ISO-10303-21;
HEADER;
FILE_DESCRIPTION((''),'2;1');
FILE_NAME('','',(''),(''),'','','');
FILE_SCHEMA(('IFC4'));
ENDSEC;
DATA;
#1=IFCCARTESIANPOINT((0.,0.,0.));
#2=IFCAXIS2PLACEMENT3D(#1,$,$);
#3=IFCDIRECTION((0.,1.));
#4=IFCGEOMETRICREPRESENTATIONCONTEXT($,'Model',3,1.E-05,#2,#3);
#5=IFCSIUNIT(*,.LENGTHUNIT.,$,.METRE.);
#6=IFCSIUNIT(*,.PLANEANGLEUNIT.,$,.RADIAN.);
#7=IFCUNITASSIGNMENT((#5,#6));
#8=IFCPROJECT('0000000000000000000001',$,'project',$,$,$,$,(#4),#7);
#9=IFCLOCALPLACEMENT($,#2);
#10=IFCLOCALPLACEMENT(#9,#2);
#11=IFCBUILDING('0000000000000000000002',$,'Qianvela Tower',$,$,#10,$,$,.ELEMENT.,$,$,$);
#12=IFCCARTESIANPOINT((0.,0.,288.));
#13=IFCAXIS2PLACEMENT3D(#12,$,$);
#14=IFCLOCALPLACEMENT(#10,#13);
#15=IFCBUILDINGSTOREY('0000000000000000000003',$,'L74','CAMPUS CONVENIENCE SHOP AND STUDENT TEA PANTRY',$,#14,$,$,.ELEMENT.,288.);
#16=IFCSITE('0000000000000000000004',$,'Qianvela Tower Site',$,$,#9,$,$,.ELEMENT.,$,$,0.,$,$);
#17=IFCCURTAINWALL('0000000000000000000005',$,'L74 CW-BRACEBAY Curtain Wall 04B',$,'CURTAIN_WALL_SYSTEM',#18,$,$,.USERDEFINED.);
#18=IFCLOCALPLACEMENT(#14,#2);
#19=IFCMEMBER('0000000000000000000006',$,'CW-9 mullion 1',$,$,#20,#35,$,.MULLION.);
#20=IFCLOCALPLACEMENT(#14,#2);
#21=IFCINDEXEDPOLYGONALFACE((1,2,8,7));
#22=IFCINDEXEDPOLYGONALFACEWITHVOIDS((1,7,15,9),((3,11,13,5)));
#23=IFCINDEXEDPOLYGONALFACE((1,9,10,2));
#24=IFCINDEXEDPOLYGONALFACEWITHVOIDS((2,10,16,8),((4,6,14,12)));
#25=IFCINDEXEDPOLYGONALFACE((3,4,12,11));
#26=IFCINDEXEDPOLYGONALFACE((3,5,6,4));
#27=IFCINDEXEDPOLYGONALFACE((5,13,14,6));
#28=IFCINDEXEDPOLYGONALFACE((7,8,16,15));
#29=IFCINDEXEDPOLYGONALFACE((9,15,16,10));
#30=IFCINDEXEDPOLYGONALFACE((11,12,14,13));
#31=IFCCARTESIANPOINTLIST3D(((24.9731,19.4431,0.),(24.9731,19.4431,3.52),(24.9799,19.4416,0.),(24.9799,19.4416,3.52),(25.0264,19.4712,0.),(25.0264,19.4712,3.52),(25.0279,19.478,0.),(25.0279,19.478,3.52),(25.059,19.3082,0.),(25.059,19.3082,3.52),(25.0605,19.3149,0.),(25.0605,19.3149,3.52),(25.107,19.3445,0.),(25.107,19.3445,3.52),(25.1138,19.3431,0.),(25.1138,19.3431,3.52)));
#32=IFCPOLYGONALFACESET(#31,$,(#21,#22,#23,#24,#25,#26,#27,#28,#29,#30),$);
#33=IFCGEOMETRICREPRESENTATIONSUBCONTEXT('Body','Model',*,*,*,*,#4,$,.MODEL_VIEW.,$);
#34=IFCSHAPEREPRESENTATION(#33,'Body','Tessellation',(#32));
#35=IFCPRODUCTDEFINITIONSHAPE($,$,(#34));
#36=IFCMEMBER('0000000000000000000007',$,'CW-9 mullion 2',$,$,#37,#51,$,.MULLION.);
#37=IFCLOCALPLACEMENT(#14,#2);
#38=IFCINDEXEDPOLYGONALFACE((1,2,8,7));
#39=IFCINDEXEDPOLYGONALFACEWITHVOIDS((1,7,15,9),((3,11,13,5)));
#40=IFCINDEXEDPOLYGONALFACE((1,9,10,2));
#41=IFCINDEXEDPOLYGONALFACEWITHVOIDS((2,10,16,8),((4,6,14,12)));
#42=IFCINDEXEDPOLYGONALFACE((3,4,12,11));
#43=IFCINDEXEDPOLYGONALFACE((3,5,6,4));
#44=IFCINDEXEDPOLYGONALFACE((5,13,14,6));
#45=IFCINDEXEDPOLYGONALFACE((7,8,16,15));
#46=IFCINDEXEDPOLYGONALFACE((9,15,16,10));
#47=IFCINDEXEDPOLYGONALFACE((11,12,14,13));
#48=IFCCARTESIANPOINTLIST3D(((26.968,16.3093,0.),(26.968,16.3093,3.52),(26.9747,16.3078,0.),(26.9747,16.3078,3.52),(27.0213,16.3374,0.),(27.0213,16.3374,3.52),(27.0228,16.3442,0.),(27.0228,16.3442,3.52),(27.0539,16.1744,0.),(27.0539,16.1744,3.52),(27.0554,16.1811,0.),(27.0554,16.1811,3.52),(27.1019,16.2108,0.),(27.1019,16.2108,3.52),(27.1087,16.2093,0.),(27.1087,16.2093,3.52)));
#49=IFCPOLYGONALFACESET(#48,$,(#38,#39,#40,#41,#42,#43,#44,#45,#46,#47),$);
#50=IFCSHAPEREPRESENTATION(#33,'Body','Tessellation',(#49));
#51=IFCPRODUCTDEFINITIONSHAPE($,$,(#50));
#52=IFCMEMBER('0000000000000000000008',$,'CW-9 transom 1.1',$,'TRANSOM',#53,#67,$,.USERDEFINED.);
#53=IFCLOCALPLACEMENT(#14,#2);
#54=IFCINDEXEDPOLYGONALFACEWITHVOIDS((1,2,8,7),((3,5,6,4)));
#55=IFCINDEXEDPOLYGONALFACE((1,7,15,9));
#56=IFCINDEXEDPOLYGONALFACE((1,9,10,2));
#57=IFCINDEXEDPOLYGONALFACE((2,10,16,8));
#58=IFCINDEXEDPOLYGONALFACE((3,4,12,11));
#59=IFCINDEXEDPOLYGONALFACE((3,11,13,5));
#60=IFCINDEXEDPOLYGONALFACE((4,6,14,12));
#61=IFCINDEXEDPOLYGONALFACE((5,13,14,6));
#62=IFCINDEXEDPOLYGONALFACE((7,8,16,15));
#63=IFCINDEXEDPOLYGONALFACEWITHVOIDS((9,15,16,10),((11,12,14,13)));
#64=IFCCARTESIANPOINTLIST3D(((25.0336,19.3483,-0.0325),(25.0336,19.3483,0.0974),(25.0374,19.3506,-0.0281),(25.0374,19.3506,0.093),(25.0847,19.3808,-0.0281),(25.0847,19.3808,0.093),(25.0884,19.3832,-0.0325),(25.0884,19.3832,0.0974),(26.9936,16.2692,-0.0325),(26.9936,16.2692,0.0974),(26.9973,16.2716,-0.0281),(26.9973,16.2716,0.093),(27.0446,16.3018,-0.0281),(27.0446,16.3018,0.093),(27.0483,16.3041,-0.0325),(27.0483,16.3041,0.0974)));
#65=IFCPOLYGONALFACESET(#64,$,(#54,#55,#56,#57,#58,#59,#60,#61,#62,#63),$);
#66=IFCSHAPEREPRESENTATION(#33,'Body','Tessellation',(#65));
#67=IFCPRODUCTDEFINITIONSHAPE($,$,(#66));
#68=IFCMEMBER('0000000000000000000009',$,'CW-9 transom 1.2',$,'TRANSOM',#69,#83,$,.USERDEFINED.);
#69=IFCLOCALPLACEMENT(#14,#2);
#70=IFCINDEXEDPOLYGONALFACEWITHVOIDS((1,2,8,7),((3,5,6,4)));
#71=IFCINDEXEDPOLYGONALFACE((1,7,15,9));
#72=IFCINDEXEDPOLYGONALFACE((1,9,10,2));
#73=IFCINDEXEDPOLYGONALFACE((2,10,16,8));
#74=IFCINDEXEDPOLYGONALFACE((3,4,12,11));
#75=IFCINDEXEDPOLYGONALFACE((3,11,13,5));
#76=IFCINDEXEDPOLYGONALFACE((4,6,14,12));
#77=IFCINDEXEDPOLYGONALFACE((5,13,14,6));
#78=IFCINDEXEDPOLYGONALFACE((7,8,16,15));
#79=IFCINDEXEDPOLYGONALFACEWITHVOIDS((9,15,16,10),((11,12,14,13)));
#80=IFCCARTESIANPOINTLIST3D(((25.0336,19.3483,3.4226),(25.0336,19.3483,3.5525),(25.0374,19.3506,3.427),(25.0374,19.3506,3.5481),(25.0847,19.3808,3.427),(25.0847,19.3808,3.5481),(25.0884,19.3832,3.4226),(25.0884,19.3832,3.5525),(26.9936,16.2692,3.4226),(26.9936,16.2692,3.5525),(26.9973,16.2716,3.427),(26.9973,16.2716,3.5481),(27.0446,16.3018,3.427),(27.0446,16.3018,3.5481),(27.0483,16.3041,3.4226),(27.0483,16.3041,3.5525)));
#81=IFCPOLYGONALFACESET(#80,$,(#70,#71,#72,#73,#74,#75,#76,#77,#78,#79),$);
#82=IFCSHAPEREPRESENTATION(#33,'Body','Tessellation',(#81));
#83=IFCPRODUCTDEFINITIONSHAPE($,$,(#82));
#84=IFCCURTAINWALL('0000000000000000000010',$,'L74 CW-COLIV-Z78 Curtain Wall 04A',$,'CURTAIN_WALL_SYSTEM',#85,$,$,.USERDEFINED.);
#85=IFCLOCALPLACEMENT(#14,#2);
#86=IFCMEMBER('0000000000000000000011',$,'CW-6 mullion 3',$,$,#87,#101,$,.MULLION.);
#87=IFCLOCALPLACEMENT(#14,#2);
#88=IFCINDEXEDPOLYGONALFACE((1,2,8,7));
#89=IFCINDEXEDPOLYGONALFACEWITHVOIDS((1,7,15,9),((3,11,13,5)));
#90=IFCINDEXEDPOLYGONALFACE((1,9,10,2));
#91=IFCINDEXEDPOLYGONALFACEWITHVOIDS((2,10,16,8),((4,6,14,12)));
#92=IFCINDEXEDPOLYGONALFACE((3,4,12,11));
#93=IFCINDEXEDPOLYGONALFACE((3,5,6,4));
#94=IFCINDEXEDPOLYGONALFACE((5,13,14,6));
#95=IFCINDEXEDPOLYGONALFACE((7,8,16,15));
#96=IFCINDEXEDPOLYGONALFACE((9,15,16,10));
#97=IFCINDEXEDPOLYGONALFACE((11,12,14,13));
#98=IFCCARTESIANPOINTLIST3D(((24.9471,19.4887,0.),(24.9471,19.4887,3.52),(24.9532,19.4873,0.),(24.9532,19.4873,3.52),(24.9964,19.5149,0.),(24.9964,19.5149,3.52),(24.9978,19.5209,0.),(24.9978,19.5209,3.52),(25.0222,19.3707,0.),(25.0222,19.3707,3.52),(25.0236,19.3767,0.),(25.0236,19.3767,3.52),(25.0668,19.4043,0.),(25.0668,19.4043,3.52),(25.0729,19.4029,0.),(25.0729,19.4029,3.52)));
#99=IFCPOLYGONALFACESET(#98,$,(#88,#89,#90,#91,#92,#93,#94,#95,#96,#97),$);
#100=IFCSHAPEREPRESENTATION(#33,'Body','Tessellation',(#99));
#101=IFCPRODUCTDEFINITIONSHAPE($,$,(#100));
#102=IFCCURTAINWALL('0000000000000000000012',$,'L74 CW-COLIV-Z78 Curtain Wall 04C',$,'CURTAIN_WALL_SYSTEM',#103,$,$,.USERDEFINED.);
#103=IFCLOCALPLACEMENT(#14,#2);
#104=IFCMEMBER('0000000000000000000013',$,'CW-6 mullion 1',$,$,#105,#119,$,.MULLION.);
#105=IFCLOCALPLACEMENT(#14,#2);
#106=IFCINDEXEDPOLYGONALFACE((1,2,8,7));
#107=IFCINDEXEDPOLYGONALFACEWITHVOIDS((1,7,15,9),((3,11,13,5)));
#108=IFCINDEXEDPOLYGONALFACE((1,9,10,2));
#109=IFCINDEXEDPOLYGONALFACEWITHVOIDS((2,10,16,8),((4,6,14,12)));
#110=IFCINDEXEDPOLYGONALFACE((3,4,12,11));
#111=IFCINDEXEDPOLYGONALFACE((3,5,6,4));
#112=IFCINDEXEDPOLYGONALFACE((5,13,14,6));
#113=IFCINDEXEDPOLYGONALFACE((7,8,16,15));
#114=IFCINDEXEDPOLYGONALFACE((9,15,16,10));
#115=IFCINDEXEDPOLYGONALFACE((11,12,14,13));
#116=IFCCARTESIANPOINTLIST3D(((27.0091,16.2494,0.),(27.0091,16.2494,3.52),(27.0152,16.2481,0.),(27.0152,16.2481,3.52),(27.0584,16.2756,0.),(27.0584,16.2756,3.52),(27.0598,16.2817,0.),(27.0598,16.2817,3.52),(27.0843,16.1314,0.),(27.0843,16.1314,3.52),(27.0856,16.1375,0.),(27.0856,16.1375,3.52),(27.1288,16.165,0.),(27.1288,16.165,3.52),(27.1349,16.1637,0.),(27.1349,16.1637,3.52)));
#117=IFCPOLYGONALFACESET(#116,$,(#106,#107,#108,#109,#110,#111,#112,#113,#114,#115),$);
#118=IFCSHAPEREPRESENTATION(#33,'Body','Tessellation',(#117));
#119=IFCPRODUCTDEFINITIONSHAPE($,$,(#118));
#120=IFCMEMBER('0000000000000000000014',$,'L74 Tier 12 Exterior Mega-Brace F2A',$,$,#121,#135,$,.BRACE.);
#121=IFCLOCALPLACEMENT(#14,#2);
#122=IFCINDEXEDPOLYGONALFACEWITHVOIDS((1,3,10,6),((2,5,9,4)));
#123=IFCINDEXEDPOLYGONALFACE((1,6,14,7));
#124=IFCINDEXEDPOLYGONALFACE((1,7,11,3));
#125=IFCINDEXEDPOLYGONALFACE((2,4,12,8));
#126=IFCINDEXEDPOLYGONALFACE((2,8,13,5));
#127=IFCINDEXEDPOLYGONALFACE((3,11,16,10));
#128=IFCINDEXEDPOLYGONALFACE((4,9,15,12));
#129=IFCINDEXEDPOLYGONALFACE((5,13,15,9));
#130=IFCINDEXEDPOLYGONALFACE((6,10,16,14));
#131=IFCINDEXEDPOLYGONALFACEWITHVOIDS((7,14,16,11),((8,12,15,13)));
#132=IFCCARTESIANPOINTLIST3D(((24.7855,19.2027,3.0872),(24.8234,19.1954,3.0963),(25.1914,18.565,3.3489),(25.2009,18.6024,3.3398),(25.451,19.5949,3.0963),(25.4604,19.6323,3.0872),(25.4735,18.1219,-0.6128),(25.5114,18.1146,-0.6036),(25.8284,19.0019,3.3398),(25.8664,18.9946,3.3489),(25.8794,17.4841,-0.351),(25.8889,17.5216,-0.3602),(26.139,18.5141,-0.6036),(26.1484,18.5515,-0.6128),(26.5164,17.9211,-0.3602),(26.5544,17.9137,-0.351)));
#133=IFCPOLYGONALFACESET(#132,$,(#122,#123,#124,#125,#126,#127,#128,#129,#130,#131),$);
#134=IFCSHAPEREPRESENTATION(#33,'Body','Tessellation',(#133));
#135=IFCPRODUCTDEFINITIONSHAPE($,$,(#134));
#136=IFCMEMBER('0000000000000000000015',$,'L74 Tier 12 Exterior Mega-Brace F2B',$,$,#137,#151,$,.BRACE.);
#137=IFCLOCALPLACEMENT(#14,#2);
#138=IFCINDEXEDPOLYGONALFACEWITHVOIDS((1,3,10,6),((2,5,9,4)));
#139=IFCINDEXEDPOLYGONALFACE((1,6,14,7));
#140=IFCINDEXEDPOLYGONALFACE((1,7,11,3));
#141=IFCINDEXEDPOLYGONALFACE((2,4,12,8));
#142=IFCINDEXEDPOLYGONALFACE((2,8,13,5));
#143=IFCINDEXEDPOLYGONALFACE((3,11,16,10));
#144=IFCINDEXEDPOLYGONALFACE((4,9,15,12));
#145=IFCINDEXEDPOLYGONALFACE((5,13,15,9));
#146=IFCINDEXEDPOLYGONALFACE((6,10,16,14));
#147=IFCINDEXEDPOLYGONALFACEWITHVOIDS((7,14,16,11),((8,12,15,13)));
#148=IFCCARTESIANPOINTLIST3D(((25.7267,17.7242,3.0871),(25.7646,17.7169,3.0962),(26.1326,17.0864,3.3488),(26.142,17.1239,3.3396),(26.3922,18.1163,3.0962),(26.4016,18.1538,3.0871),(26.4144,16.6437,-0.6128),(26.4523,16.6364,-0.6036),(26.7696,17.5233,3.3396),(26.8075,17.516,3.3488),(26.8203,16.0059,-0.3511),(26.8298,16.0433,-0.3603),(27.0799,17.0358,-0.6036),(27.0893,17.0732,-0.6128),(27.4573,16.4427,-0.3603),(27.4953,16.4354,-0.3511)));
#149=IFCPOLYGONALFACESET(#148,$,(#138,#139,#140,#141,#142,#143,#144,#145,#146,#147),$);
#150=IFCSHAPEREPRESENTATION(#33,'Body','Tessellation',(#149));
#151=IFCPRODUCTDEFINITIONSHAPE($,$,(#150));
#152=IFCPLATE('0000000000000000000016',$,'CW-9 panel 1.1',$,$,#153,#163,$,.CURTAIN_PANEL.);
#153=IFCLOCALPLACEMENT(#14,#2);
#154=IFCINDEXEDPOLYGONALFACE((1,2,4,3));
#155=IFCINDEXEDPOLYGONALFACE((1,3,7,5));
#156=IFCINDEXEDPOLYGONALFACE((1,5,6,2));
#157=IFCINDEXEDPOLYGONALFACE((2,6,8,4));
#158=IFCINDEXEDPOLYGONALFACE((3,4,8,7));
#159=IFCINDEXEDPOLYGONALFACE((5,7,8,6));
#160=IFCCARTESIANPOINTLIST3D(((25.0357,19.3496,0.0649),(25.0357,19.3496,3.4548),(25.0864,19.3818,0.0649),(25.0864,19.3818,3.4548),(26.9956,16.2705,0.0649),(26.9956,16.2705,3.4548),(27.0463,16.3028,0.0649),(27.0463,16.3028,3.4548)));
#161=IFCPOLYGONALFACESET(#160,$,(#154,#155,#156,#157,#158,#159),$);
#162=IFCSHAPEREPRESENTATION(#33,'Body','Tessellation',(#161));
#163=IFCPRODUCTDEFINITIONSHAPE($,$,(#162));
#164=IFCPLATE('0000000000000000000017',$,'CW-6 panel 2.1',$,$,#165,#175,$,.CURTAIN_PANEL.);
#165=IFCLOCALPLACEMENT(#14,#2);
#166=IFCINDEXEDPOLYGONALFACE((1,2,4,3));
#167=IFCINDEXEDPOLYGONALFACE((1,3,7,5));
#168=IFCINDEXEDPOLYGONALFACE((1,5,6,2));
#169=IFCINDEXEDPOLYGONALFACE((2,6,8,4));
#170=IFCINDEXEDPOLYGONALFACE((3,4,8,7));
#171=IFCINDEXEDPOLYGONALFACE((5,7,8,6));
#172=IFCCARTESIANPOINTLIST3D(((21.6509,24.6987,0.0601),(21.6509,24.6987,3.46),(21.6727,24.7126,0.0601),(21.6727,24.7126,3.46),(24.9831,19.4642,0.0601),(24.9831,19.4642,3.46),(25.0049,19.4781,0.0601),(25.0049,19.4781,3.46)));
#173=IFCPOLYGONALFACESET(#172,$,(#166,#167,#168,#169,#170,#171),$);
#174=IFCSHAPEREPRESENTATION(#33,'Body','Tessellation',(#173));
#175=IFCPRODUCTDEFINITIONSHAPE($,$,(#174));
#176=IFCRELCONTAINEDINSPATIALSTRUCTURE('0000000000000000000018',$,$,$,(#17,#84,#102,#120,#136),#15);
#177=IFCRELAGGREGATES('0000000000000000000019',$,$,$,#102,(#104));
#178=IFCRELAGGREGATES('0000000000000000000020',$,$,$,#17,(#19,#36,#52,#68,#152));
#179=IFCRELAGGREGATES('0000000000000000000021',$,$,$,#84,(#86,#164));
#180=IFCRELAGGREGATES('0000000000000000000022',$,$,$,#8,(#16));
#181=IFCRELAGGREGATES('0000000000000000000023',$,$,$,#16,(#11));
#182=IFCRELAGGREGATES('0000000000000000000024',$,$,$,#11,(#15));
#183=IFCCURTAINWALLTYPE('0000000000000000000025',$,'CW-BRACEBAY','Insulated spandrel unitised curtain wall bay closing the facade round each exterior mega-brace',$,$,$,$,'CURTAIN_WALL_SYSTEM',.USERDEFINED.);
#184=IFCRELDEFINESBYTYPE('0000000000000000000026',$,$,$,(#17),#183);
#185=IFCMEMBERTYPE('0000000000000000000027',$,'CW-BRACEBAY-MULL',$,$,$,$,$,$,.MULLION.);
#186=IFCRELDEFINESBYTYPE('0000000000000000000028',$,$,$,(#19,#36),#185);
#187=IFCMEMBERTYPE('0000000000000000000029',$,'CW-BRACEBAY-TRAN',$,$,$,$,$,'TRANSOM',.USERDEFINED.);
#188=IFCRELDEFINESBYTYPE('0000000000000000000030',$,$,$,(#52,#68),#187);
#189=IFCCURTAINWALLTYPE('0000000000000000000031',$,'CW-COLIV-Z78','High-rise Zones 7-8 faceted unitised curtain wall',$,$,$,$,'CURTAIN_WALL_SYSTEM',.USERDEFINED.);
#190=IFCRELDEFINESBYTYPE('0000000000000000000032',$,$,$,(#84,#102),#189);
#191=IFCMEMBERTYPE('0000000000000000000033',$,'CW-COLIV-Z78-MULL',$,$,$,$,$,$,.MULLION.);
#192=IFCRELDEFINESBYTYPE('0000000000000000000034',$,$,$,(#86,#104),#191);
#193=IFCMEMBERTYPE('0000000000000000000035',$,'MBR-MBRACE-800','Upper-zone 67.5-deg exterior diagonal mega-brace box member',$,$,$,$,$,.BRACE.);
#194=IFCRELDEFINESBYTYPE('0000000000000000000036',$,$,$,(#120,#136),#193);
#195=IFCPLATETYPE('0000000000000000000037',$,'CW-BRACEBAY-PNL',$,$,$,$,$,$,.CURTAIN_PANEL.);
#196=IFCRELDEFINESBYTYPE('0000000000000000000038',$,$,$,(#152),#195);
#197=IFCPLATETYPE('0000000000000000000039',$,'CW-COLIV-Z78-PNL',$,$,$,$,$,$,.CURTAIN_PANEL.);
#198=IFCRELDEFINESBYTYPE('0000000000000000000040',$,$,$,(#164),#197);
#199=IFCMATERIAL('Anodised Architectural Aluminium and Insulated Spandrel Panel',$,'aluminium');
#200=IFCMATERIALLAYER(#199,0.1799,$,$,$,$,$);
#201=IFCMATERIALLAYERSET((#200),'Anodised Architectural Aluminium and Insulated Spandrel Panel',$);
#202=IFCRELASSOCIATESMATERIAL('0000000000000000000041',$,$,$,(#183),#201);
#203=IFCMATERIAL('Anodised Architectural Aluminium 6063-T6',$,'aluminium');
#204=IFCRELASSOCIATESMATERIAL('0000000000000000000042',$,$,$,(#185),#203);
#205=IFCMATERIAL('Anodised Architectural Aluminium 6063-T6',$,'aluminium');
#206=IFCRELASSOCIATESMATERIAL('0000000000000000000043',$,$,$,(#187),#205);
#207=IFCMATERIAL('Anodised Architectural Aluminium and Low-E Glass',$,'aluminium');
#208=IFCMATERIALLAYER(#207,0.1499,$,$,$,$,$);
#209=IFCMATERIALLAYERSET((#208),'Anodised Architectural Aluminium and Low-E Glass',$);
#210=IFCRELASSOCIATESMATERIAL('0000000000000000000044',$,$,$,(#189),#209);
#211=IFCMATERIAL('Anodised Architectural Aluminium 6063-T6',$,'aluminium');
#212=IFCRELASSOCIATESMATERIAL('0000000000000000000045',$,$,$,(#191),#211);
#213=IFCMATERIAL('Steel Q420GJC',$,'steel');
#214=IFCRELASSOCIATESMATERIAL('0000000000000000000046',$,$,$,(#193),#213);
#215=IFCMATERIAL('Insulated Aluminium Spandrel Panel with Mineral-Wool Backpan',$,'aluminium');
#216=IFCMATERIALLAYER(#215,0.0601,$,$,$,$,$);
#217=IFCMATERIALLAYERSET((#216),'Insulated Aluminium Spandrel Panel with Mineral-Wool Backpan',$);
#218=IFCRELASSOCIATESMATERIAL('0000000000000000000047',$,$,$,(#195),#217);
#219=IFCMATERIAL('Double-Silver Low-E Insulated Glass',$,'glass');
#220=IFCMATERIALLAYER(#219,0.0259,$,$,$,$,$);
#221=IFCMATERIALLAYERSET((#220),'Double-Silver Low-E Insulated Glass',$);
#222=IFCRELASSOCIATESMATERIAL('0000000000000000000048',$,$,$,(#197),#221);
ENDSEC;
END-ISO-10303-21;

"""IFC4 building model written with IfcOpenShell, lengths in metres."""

from ifc_helpers import new_model, si_unit, direction, frame, origin, origin_2d, place, context, subcontext, project, spatial, rectangle, hollow_rectangle, extrude, material, layer, layer_set, material_profile, profile_set, type_object, element, aggregate, save


model = new_model("IFC4")

# Units and contexts
model_context = context("Model", 3, precision=1e-05, world=origin(), true_north=direction((0.0, 1.0)))
body_context = subcontext(model_context, "Body", "Model", "MODEL_VIEW")
ifc_project = project(units=[si_unit("LENGTHUNIT", "METRE"), si_unit("PLANEANGLEUNIT", "RADIAN")], contexts=[model_context])

# Site, building, storey
site_placement = place(None, origin())
site = spatial("IfcSite", under=ifc_project, at=site_placement, Name="Qianvela Tower Site", CompositionType="ELEMENT", RefElevation=0.0)
building_placement = place(site_placement, origin())
building = spatial("IfcBuilding", under=site, at=building_placement, Name="Qianvela Tower", CompositionType="ELEMENT")
storey_placement = place(building_placement, frame((0.0, 0.0, 288.0)))
storey = spatial("IfcBuildingStorey", under=building, at=storey_placement, Name="L74", Description="CAMPUS CONVENIENCE SHOP AND STUDENT TEA PANTRY", CompositionType="ELEMENT", Elevation=288.0)

# Curtain wall, members
ifc_material_1 = material(Name="Anodised Architectural Aluminium and Insulated Spandrel Panel", Category="aluminium")
ifc_layer_1 = layer(ifc_material_1, 0.1799)
ifc_layer_set_1 = layer_set([ifc_layer_1], Name="Anodised Architectural Aluminium and Insulated Spandrel Panel")
curtain_wall_type_1 = type_object("IfcCurtainWallType", Name="CW-BRACEBAY", Description="Insulated spandrel unitised curtain wall bay closing the facade round each exterior mega-brace", ElementType="CURTAIN_WALL_SYSTEM", PredefinedType="USERDEFINED", material=ifc_layer_set_1)
curtain_wall_1_placement = place(storey_placement, origin())
curtain_wall_1 = element("IfcCurtainWall", 1, at=curtain_wall_1_placement, inside=storey, type_object=curtain_wall_type_1, Name="L74 CW-BRACEBAY Curtain Wall 04B", ObjectType="CURTAIN_WALL_SYSTEM", PredefinedType="USERDEFINED")
ifc_material_2 = material(Name="Anodised Architectural Aluminium 6063-T6", Category="aluminium")
ifc_material_profile_1 = material_profile(ifc_material_2, hollow_rectangle(XDim=0.0649, YDim=0.1599, WallThickness=0.0049, at=origin_2d()), Name="ALU-MULL-65x160")
ifc_profile_set_1 = profile_set([ifc_material_profile_1], Name="Anodised Architectural Aluminium 6063-T6")
member_type_1 = type_object("IfcMemberType", Name="CW-BRACEBAY-MULL", PredefinedType="MULLION", material=ifc_profile_set_1)
member_1_placement = place(storey_placement, frame((25.0435, 19.3931, 0.0), z_axis=(0.0, 0.0, 1.0), x_axis=(0.843594, 0.536982, 0.0)))
member_1 = element("IfcMember", 2, at=member_1_placement, type_object=member_type_1, Name="CW-9 mullion 1", PredefinedType="MULLION", context=body_context, shape_type="SweptSolid", body=[
    extrude(hollow_rectangle(XDim=0.0649, YDim=0.1599, WallThickness=0.0049, at=origin_2d()), origin(), (0.0, 0.0, 1.0), 3.52),
])
member_2_placement = place(storey_placement, frame((27.0383, 16.2593, 0.0), z_axis=(0.0, 0.0, 1.0), x_axis=(0.843594, 0.536982, 0.0)))
member_2 = element("IfcMember", 3, at=member_2_placement, type_object=member_type_1, Name="CW-9 mullion 2", PredefinedType="MULLION", context=body_context, shape_type="SweptSolid", body=[
    extrude(hollow_rectangle(XDim=0.0649, YDim=0.1599, WallThickness=0.0049, at=origin_2d()), origin(), (0.0, 0.0, 1.0), 3.52),
])
ifc_material_3 = material(Name="Anodised Architectural Aluminium 6063-T6", Category="aluminium")
ifc_material_profile_2 = material_profile(ifc_material_3, hollow_rectangle(XDim=0.0649, YDim=0.1299, WallThickness=0.0044, at=origin_2d()), Name="ALU-TRAN-65x130")
ifc_profile_set_2 = profile_set([ifc_material_profile_2], Name="Anodised Architectural Aluminium 6063-T6")
member_type_2 = type_object("IfcMemberType", Name="CW-BRACEBAY-TRAN", ElementType="TRANSOM", PredefinedType="USERDEFINED", material=ifc_profile_set_2)
member_3_placement = place(storey_placement, frame((25.061, 19.3657, 0.0325), z_axis=(0.536979, -0.843595, 0.0), x_axis=(0.843595, 0.536979, 0.0)))
member_3 = element("IfcMember", 4, at=member_3_placement, type_object=member_type_2, Name="CW-9 transom 1.1", ObjectType="TRANSOM", PredefinedType="USERDEFINED", context=body_context, shape_type="SweptSolid", body=[
    extrude(hollow_rectangle(XDim=0.0649, YDim=0.1299, WallThickness=0.0044, at=origin_2d()), origin(), (0.0, 0.0, 1.0), 3.6499),
])
member_4_placement = place(storey_placement, frame((25.061, 19.3657, 3.4875), z_axis=(0.536979, -0.843595, 0.0), x_axis=(0.843595, 0.536979, 0.0)))
member_4 = element("IfcMember", 5, at=member_4_placement, type_object=member_type_2, Name="CW-9 transom 1.2", ObjectType="TRANSOM", PredefinedType="USERDEFINED", context=body_context, shape_type="SweptSolid", body=[
    extrude(hollow_rectangle(XDim=0.0649, YDim=0.1299, WallThickness=0.0044, at=origin_2d()), origin(), (0.0, 0.0, 1.0), 3.6499),
])

# Curtain walls, members
ifc_material_4 = material(Name="Anodised Architectural Aluminium and Low-E Glass", Category="aluminium")
ifc_layer_2 = layer(ifc_material_4, 0.1499)
ifc_layer_set_2 = layer_set([ifc_layer_2], Name="Anodised Architectural Aluminium and Low-E Glass")
curtain_wall_type_2 = type_object("IfcCurtainWallType", Name="CW-COLIV-Z78", Description="High-rise Zones 7-8 faceted unitised curtain wall", ElementType="CURTAIN_WALL_SYSTEM", PredefinedType="USERDEFINED", material=ifc_layer_set_2)
curtain_wall_2_placement = place(storey_placement, origin())
curtain_wall_2 = element("IfcCurtainWall", 6, at=curtain_wall_2_placement, inside=storey, type_object=curtain_wall_type_2, Name="L74 CW-COLIV-Z78 Curtain Wall 04A", ObjectType="CURTAIN_WALL_SYSTEM", PredefinedType="USERDEFINED")
ifc_material_5 = material(Name="Anodised Architectural Aluminium 6063-T6", Category="aluminium")
ifc_material_profile_3 = material_profile(ifc_material_5, hollow_rectangle(XDim=0.0601, YDim=0.1399, WallThickness=0.0044, at=origin_2d()), Name="ALU-MULL-60x140")
ifc_profile_set_3 = profile_set([ifc_material_profile_3], Name="Anodised Architectural Aluminium 6063-T6")
member_type_3 = type_object("IfcMemberType", Name="CW-COLIV-Z78-MULL", PredefinedType="MULLION", material=ifc_profile_set_3)
member_5_placement = place(storey_placement, frame((25.01, 19.4458, 0.0), z_axis=(0.0, 0.0, 1.0), x_axis=(0.843577, 0.537008, 0.0)))
member_5 = element("IfcMember", 7, at=member_5_placement, type_object=member_type_3, Name="CW-6 mullion 3", PredefinedType="MULLION", context=body_context, shape_type="SweptSolid", body=[
    extrude(hollow_rectangle(XDim=0.0601, YDim=0.1399, WallThickness=0.0044, at=origin_2d()), origin(), (0.0, 0.0, 1.0), 3.52),
])
curtain_wall_3_placement = place(storey_placement, origin())
curtain_wall_3 = element("IfcCurtainWall", 8, at=curtain_wall_3_placement, inside=storey, type_object=curtain_wall_type_2, Name="L74 CW-COLIV-Z78 Curtain Wall 04C", ObjectType="CURTAIN_WALL_SYSTEM", PredefinedType="USERDEFINED")
member_6_placement = place(storey_placement, frame((27.072, 16.2065, 0.0), z_axis=(0.0, 0.0, 1.0), x_axis=(0.843577, 0.537009, 0.0)))
member_6 = element("IfcMember", 9, at=member_6_placement, type_object=member_type_3, Name="CW-6 mullion 1", PredefinedType="MULLION", context=body_context, shape_type="SweptSolid", body=[
    extrude(hollow_rectangle(XDim=0.0601, YDim=0.1399, WallThickness=0.0044, at=origin_2d()), origin(), (0.0, 0.0, 1.0), 3.52),
])
aggregate(curtain_wall_3, [member_6])

# Members
ifc_material_6 = material(Name="Steel Q420GJC", Category="steel")
ifc_material_profile_4 = material_profile(ifc_material_6, hollow_rectangle(XDim=0.8, YDim=0.8, WallThickness=0.0281, at=origin_2d()), Name="MBOX-800x800x28")
ifc_profile_set_4 = profile_set([ifc_material_profile_4], Name="Steel Q420GJC")
member_type_4 = type_object("IfcMemberType", Name="MBR-MBRACE-800", Description="Upper-zone 67.5-deg exterior diagonal mega-brace box member", PredefinedType="BRACE", material=ifc_profile_set_4)
member_7_placement = place(storey_placement, frame((26.0139, 18.0178, -0.4819), z_axis=(-0.175709, 0.276034, 0.944951), x_axis=(-0.843591, -0.536986, 0.0)))
element("IfcMember", 10, at=member_7_placement, inside=storey, type_object=member_type_4, Name="L74 Tier 12 Exterior Mega-Brace F2A", PredefinedType="BRACE", context=body_context, shape_type="SweptSolid", body=[
    extrude(hollow_rectangle(XDim=0.8, YDim=0.8, WallThickness=0.0281, at=origin_2d()), origin(), (0.0, 0.0, 1.0), 3.9155),
])
member_8_placement = place(storey_placement, frame((26.9548, 16.5396, -0.4819), z_axis=(-0.175652, 0.275979, 0.944977), x_axis=(-0.843622, -0.536937, 0.0)))
element("IfcMember", 11, at=member_8_placement, inside=storey, type_object=member_type_4, Name="L74 Tier 12 Exterior Mega-Brace F2B", PredefinedType="BRACE", context=body_context, shape_type="SweptSolid", body=[
    extrude(hollow_rectangle(XDim=0.8, YDim=0.8, WallThickness=0.0281, at=origin_2d()), origin(), (0.0, 0.0, 1.0), 3.9153),
])

# Plates
ifc_material_7 = material(Name="Insulated Aluminium Spandrel Panel with Mineral-Wool Backpan", Category="aluminium")
ifc_layer_3 = layer(ifc_material_7, 0.0601)
ifc_layer_set_3 = layer_set([ifc_layer_3], Name="Insulated Aluminium Spandrel Panel with Mineral-Wool Backpan")
plate_type_1 = type_object("IfcPlateType", Name="CW-BRACEBAY-PNL", PredefinedType="CURTAIN_PANEL", material=ifc_layer_set_3)
plate_1_placement = place(storey_placement, frame((26.041, 17.8262, 0.0649), z_axis=(0.0, 0.0, 1.0), x_axis=(0.536982, -0.843594, 0.0)))
plate_1 = element("IfcPlate", 12, at=plate_1_placement, type_object=plate_type_1, Name="CW-9 panel 1.1", PredefinedType="CURTAIN_PANEL", context=body_context, shape_type="SweptSolid", body=[
    extrude(rectangle(XDim=3.6499, YDim=0.0601, at=origin_2d()), origin(), (0.0, 0.0, 1.0), 3.3899),
])
aggregate(curtain_wall_1, [member_1, member_2, member_3, member_4, plate_1])
ifc_material_8 = material(Name="Double-Silver Low-E Insulated Glass", Category="glass")
ifc_layer_4 = layer(ifc_material_8, 0.0259)
ifc_layer_set_4 = layer_set([ifc_layer_4], Name="Double-Silver Low-E Insulated Glass")
plate_type_2 = type_object("IfcPlateType", Name="CW-COLIV-Z78-PNL", PredefinedType="CURTAIN_PANEL", material=ifc_layer_set_4)
plate_2_placement = place(storey_placement, frame((23.3279, 22.0884, 0.0601), z_axis=(0.0, 0.0, 1.0), x_axis=(0.537008, -0.843577, 0.0)))
plate_2 = element("IfcPlate", 13, at=plate_2_placement, type_object=plate_type_2, Name="CW-6 panel 2.1", PredefinedType="CURTAIN_PANEL", context=body_context, shape_type="SweptSolid", body=[
    extrude(rectangle(XDim=6.2051, YDim=0.0259, at=origin_2d()), origin(), (0.0, 0.0, 1.0), 3.3999),
])
aggregate(curtain_wall_2, [member_5, plate_2])

save(model, "model.ifc")
